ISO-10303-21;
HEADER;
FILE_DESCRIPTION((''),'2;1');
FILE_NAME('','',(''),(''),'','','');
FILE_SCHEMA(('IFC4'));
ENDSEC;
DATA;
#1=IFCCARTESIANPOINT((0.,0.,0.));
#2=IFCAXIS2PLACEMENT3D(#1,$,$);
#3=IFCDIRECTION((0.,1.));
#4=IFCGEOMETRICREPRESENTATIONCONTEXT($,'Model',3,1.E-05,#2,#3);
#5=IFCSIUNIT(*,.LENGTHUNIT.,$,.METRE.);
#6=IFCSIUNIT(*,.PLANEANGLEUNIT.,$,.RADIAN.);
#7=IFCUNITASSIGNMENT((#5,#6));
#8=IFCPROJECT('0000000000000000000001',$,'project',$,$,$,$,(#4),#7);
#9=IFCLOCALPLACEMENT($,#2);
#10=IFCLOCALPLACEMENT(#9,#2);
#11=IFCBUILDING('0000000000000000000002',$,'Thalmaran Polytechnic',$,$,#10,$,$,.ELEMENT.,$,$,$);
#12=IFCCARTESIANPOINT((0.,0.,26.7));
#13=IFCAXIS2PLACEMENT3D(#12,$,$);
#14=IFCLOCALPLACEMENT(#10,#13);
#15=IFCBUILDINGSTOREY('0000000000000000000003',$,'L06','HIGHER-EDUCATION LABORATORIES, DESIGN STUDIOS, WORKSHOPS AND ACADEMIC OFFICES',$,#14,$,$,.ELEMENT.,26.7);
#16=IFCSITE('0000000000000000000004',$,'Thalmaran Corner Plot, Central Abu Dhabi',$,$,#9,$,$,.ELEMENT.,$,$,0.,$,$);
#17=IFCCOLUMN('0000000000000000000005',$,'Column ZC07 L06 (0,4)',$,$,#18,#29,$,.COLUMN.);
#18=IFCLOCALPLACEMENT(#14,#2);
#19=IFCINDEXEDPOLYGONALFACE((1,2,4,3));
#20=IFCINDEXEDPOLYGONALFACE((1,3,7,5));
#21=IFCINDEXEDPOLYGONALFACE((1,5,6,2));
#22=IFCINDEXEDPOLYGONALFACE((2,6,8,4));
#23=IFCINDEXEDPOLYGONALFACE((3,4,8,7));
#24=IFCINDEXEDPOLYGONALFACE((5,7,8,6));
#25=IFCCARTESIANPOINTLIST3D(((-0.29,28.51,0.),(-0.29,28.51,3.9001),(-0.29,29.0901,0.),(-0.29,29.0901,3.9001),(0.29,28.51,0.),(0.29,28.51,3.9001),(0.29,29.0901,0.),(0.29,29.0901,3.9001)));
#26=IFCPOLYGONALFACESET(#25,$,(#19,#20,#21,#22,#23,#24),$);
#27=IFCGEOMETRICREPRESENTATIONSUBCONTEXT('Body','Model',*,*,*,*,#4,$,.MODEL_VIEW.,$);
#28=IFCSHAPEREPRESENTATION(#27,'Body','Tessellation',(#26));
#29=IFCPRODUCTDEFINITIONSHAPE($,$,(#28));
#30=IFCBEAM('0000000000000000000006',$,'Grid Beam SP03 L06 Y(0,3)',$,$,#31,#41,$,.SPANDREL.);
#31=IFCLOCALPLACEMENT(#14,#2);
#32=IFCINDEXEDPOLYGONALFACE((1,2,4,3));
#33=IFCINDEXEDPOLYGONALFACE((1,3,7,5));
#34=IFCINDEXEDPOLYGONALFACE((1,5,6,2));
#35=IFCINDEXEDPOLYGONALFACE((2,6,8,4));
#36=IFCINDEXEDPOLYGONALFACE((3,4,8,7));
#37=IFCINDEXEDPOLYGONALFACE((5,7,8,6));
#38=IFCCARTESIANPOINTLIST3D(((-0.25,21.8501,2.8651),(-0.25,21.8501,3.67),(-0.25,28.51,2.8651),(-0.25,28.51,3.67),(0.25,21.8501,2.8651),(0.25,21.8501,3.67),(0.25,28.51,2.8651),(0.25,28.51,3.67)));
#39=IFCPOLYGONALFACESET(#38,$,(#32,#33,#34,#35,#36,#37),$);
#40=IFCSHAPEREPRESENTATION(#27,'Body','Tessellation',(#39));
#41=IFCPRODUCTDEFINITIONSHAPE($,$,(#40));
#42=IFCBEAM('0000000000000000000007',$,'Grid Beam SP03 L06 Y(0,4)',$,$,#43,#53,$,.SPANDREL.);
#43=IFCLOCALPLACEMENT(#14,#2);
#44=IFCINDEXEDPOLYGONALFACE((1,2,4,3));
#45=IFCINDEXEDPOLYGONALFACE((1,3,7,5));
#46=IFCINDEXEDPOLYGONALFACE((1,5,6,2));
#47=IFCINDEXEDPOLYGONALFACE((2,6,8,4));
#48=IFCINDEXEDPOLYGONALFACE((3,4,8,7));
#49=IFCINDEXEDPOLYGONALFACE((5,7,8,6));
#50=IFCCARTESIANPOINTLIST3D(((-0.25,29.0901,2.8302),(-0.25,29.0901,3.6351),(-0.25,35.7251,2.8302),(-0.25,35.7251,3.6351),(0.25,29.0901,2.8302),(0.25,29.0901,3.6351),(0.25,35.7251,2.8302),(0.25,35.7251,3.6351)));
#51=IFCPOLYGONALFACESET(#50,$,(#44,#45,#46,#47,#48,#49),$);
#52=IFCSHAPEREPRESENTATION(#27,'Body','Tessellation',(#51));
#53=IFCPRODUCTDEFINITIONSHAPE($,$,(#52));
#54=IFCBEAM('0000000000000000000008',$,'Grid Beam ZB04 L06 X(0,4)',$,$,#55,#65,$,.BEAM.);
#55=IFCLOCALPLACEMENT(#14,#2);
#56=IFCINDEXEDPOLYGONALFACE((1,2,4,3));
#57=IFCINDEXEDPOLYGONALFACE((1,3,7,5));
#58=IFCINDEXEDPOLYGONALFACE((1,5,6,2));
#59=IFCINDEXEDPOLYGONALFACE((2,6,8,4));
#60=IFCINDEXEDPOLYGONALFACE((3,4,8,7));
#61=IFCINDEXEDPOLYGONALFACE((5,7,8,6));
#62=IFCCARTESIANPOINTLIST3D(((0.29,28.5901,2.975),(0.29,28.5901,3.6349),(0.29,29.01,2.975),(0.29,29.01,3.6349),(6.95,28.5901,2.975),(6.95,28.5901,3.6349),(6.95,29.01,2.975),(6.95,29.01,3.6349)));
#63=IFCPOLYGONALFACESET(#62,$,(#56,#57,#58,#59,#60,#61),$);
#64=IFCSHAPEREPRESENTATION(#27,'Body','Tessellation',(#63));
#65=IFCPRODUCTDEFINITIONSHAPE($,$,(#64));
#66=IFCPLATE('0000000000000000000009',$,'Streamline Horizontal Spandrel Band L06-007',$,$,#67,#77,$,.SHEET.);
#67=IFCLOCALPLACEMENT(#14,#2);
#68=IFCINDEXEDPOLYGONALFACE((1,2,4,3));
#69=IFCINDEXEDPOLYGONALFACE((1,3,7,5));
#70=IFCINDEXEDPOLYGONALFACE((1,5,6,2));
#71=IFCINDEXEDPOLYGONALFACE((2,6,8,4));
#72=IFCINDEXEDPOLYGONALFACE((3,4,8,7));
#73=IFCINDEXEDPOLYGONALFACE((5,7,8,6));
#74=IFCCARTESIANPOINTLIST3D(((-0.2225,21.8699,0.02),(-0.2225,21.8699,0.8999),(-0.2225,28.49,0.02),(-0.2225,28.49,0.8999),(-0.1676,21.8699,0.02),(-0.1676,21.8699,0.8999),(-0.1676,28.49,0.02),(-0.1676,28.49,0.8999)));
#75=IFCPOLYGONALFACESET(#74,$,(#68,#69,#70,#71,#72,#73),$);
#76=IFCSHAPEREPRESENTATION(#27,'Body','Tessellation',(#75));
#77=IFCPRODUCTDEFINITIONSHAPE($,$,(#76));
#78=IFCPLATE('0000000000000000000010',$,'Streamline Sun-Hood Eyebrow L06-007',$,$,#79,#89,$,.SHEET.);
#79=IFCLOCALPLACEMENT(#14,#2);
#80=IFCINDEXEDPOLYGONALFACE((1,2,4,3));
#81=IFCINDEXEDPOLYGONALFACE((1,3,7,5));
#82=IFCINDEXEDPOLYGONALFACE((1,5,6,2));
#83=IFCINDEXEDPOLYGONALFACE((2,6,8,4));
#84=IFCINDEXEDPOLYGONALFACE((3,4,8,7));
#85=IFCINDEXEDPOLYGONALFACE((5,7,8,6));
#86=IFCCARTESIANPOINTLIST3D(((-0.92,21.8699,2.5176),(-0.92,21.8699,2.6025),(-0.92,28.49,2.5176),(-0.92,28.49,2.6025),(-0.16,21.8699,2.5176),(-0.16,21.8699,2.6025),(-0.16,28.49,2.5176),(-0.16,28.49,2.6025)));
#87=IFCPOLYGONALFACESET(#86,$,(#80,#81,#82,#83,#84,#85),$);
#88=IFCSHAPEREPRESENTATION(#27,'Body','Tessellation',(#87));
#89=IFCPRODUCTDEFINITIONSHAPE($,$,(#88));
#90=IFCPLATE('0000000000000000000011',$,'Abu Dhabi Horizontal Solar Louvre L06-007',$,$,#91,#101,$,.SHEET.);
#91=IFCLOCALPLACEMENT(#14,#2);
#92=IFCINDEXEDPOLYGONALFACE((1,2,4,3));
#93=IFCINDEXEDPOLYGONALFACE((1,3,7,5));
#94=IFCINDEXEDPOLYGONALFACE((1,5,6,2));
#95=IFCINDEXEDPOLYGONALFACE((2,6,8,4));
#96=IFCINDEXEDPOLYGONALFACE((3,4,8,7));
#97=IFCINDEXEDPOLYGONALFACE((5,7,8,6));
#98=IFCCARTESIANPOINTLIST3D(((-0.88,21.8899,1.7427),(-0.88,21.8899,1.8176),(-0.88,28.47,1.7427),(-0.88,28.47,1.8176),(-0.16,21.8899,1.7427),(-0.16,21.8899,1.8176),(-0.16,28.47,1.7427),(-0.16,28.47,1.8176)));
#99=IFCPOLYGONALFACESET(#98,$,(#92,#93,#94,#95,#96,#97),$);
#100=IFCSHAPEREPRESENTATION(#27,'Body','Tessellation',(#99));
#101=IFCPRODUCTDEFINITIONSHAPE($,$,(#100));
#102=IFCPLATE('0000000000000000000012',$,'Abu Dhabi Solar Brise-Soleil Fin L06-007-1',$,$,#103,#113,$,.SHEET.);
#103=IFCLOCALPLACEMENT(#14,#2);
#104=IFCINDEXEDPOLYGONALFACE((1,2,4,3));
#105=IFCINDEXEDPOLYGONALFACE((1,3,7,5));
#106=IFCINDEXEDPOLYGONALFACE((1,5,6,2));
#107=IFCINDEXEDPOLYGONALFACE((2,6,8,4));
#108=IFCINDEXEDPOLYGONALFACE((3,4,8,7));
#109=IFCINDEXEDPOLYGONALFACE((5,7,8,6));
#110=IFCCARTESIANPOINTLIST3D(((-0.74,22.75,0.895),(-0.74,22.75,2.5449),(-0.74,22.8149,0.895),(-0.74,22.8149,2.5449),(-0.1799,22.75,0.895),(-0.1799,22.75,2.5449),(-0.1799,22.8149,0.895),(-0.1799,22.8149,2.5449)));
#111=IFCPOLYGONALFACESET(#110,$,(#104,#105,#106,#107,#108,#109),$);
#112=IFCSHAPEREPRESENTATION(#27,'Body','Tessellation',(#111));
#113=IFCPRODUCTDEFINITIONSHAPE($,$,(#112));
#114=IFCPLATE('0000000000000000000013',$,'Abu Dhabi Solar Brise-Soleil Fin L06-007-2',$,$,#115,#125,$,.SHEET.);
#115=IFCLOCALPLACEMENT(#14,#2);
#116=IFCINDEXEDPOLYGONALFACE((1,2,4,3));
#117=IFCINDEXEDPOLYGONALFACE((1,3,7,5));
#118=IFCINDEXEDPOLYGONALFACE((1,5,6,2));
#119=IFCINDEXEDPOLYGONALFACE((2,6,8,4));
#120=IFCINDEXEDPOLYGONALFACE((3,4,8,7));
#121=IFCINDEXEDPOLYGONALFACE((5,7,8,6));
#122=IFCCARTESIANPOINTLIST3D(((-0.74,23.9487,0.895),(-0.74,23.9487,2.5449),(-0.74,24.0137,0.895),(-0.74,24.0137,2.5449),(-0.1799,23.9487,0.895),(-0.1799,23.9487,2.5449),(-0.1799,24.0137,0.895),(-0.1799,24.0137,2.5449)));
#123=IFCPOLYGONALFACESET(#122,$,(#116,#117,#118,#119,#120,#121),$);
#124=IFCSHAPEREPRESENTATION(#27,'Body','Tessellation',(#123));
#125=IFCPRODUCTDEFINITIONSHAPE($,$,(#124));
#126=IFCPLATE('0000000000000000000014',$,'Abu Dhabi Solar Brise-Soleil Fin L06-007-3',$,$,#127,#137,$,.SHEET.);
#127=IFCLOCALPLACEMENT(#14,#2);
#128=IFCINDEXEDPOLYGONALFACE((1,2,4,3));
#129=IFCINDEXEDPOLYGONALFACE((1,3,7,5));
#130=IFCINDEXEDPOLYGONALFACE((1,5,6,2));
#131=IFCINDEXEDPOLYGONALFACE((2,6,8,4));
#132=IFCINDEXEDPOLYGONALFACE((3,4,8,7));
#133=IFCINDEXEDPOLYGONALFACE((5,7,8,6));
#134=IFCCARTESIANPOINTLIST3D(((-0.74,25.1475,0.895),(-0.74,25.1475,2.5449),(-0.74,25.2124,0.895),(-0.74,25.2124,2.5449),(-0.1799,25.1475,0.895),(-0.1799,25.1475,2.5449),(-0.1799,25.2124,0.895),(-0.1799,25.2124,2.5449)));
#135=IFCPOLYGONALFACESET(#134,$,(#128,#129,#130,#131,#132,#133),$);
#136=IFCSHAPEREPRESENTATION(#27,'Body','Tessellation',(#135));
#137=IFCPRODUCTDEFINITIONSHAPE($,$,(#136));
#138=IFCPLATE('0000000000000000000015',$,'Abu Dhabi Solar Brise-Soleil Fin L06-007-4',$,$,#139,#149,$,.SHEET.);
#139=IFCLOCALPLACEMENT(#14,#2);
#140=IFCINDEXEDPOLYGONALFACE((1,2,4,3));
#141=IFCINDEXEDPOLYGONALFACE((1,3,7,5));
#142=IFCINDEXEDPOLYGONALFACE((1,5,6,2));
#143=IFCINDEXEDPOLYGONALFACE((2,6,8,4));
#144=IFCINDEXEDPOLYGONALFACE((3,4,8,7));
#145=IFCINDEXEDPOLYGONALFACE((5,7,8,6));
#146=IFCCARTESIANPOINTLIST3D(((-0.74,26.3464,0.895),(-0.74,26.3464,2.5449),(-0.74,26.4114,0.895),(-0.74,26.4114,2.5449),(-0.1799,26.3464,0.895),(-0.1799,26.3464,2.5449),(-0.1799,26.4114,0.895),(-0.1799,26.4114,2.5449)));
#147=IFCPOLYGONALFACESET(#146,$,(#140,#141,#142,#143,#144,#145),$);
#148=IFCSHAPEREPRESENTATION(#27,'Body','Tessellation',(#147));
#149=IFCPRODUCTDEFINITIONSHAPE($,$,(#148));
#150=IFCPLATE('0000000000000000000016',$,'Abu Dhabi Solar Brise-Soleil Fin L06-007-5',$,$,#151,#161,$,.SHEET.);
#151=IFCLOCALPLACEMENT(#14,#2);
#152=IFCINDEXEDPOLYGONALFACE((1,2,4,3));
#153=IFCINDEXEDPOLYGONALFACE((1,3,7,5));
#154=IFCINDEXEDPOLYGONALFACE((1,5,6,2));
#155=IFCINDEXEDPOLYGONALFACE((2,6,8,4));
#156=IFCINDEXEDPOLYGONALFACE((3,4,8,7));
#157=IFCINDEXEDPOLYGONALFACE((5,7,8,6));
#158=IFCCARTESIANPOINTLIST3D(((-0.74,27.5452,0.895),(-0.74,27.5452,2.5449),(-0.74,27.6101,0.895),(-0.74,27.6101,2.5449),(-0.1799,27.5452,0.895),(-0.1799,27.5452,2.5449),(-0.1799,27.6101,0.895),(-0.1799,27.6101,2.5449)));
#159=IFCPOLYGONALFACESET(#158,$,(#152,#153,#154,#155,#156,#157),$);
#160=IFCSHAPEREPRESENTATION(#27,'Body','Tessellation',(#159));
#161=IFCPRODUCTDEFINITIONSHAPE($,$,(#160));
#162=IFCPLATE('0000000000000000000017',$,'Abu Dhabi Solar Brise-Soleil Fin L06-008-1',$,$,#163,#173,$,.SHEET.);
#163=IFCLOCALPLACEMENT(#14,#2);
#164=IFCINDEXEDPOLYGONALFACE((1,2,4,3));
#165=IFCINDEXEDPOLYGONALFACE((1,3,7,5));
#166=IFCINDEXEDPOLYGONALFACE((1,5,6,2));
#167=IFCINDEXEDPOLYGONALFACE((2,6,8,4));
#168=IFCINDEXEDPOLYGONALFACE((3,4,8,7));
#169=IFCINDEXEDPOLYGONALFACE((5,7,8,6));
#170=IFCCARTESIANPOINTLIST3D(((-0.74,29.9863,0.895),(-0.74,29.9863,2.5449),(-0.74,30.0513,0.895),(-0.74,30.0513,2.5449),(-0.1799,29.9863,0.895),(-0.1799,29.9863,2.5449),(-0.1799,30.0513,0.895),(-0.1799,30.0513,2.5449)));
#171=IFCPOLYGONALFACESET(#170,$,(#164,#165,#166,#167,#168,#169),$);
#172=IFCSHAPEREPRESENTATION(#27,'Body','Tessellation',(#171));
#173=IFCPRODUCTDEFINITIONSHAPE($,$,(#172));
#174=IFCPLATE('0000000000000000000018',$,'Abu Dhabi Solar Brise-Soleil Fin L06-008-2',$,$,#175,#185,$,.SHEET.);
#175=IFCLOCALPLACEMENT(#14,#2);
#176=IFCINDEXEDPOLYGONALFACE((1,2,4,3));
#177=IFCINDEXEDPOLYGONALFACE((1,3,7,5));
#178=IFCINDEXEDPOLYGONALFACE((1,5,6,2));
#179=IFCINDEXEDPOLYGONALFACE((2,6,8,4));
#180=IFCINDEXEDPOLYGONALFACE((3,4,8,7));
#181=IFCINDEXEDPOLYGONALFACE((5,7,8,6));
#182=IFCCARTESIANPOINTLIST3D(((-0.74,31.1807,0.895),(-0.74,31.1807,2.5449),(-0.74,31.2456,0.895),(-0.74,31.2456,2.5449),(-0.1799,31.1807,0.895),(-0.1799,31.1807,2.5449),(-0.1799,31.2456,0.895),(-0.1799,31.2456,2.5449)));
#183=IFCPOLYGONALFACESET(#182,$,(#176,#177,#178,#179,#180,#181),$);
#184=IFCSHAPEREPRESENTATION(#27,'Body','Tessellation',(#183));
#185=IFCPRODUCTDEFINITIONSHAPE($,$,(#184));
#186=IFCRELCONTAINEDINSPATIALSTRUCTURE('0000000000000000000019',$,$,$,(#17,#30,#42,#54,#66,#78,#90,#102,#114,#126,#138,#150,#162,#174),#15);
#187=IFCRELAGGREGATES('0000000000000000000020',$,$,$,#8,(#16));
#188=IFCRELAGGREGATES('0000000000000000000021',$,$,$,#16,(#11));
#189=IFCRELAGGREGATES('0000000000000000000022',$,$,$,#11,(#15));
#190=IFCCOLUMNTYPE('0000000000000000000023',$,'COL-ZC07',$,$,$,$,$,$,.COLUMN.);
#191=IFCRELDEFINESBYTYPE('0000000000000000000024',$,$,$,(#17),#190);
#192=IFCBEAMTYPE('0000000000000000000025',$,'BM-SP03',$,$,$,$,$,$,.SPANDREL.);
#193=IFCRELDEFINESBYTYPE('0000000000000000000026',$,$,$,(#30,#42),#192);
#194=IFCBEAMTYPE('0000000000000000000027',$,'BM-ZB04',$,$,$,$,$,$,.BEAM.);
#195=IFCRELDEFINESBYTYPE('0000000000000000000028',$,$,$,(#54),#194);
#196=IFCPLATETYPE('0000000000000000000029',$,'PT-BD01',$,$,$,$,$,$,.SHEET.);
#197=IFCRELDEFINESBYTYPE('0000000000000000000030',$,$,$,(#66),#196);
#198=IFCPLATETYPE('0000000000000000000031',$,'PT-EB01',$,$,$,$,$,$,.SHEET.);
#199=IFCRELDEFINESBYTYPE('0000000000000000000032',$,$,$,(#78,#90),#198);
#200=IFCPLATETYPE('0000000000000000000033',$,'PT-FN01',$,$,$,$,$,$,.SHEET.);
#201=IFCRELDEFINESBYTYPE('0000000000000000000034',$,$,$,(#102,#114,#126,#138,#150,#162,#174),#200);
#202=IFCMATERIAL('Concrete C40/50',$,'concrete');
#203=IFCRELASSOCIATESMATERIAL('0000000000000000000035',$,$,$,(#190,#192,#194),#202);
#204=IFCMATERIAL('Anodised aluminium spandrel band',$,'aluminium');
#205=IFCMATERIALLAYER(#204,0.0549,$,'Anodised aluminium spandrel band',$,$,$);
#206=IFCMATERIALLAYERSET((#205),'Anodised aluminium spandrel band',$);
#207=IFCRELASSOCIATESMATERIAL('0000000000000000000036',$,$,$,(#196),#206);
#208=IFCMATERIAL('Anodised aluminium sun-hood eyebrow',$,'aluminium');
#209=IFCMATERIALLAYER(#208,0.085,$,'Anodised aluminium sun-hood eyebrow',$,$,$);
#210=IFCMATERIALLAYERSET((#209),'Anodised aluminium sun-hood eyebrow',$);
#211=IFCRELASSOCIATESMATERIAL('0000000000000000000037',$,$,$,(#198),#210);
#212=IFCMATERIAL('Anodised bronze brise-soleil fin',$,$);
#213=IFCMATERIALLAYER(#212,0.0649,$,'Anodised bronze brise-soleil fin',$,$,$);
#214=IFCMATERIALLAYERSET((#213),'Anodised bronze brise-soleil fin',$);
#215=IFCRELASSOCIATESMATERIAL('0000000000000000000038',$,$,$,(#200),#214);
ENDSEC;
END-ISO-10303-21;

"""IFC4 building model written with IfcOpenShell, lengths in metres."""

from ifc_helpers import new_model, si_unit, direction, frame, origin, origin_2d, place, context, subcontext, project, spatial, rectangle, extrude, material, layer, layer_set, material_profile, profile_set, type_object, element, save


model = new_model("IFC4")

# Units and contexts
model_context = context("Model", 3, precision=1e-05, world=origin(), true_north=direction((0.0, 1.0)))
body_context = subcontext(model_context, "Body", "Model", "MODEL_VIEW")
ifc_project = project(units=[si_unit("LENGTHUNIT", "METRE"), si_unit("PLANEANGLEUNIT", "RADIAN")], contexts=[model_context])

# Site, building, storey
site_placement = place(None, origin())
site = spatial("IfcSite", under=ifc_project, at=site_placement, Name="Thalmaran Corner Plot, Central Abu Dhabi", CompositionType="ELEMENT", RefElevation=0.0)
building_placement = place(site_placement, origin())
building = spatial("IfcBuilding", under=site, at=building_placement, Name="Thalmaran Polytechnic", CompositionType="ELEMENT")
storey_placement = place(building_placement, frame((0.0, 0.0, 26.7)))
storey = spatial("IfcBuildingStorey", under=building, at=storey_placement, Name="L06", Description="HIGHER-EDUCATION LABORATORIES, DESIGN STUDIOS, WORKSHOPS AND ACADEMIC OFFICES", CompositionType="ELEMENT", Elevation=26.7)

# Column
ifc_material_1 = material(Name="Concrete C40/50", Category="concrete")
ifc_material_profile_1 = material_profile(ifc_material_1, rectangle(XDim=0.5801, YDim=0.5801, at=origin_2d()), Name="RC 580x580")
ifc_profile_set_1 = profile_set([ifc_material_profile_1], Name="Concrete C40/50")
column_type = type_object("IfcColumnType", Name="COL-ZC07", PredefinedType="COLUMN", material=ifc_profile_set_1)
column_placement = place(storey_placement, frame((0.0, 28.8, 0.0), z_axis=(0.0, 0.0, 1.0), x_axis=(1.0, 0.0, 0.0)))
element("IfcColumn", 1, at=column_placement, inside=storey, type_object=column_type, Name="Column ZC07 L06 (0,4)", PredefinedType="COLUMN", context=body_context, shape_type="SweptSolid", body=[
    extrude(rectangle(XDim=0.5801, YDim=0.5801, at=origin_2d()), origin(), (0.0, 0.0, 1.0), 3.9001),
])

# Beams
ifc_material_profile_2 = material_profile(ifc_material_1, rectangle(XDim=0.5, YDim=0.8049, at=origin_2d()), Name="RC 500x805")
ifc_profile_set_2 = profile_set([ifc_material_profile_2], Name="Concrete C40/50")
beam_type_1 = type_object("IfcBeamType", Name="BM-SP03", PredefinedType="SPANDREL", material=ifc_profile_set_2)
beam_1_placement = place(storey_placement, frame((0.0, 21.8501, 3.2676), z_axis=(0.0, 1.0, 0.0), x_axis=(-1.0, 0.0, 0.0)))
element("IfcBeam", 2, at=beam_1_placement, inside=storey, type_object=beam_type_1, Name="Grid Beam SP03 L06 Y(0,3)", PredefinedType="SPANDREL", context=body_context, shape_type="SweptSolid", body=[
    extrude(rectangle(XDim=0.5, YDim=0.8049, at=origin_2d()), origin(), (0.0, 0.0, 1.0), 6.6599),
])
beam_2_placement = place(storey_placement, frame((0.0, 29.0901, 3.2327), z_axis=(0.0, 1.0, 0.0), x_axis=(-1.0, 0.0, 0.0)))
element("IfcBeam", 3, at=beam_2_placement, inside=storey, type_object=beam_type_1, Name="Grid Beam SP03 L06 Y(0,4)", PredefinedType="SPANDREL", context=body_context, shape_type="SweptSolid", body=[
    extrude(rectangle(XDim=0.5, YDim=0.8049, at=origin_2d()), origin(), (0.0, 0.0, 1.0), 6.635),
])
ifc_material_profile_3 = material_profile(ifc_material_1, rectangle(XDim=0.4199, YDim=0.6599, at=origin_2d()), Name="RC 420x660")
ifc_profile_set_3 = profile_set([ifc_material_profile_3], Name="Concrete C40/50")
beam_type_2 = type_object("IfcBeamType", Name="BM-ZB04", PredefinedType="BEAM", material=ifc_profile_set_3)
beam_3_placement = place(storey_placement, frame((0.29, 28.8, 3.3049), z_axis=(1.0, 0.0, 0.0), x_axis=(0.0, 1.0, 0.0)))
element("IfcBeam", 4, at=beam_3_placement, inside=storey, type_object=beam_type_2, Name="Grid Beam ZB04 L06 X(0,4)", PredefinedType="BEAM", context=body_context, shape_type="SweptSolid", body=[
    extrude(rectangle(XDim=0.4199, YDim=0.6599, at=origin_2d()), origin(), (0.0, 0.0, 1.0), 6.6599),
])

# Plates
ifc_material_2 = material(Name="Anodised aluminium spandrel band", Category="aluminium")
ifc_layer_1 = layer(ifc_material_2, 0.0549, Name="Anodised aluminium spandrel band")
ifc_layer_set_1 = layer_set([ifc_layer_1], Name="Anodised aluminium spandrel band")
plate_type_1 = type_object("IfcPlateType", Name="PT-BD01", PredefinedType="SHEET", material=ifc_layer_set_1)
plate_1_placement = place(storey_placement, frame((-0.1951, 25.1799, 0.02), z_axis=(0.0, 0.0, 1.0), x_axis=(0.0, 1.0, 0.0)))
element("IfcPlate", 5, at=plate_1_placement, inside=storey, type_object=plate_type_1, Name="Streamline Horizontal Spandrel Band L06-007", PredefinedType="SHEET", context=body_context, shape_type="SweptSolid", body=[
    extrude(rectangle(XDim=6.6201, YDim=0.0549, at=origin_2d()), origin(), (0.0, 0.0, 1.0), 0.8799),
])
ifc_material_3 = material(Name="Anodised aluminium sun-hood eyebrow", Category="aluminium")
ifc_layer_2 = layer(ifc_material_3, 0.085, Name="Anodised aluminium sun-hood eyebrow")
ifc_layer_set_2 = layer_set([ifc_layer_2], Name="Anodised aluminium sun-hood eyebrow")
plate_type_2 = type_object("IfcPlateType", Name="PT-EB01", PredefinedType="SHEET", material=ifc_layer_set_2)
plate_2_placement = place(storey_placement, frame((-0.54, 25.1799, 2.5176), z_axis=(0.0, 0.0, 1.0), x_axis=(0.0, 1.0, 0.0)))
element("IfcPlate", 6, at=plate_2_placement, inside=storey, type_object=plate_type_2, Name="Streamline Sun-Hood Eyebrow L06-007", PredefinedType="SHEET", context=body_context, shape_type="SweptSolid", body=[
    extrude(rectangle(XDim=6.6201, YDim=0.76, at=origin_2d()), origin(), (0.0, 0.0, 1.0), 0.085),
])
plate_3_placement = place(storey_placement, frame((-0.52, 25.1799, 1.7427), z_axis=(0.0, 0.0, 1.0), x_axis=(0.0, 1.0, 0.0)))
element("IfcPlate", 7, at=plate_3_placement, inside=storey, type_object=plate_type_2, Name="Abu Dhabi Horizontal Solar Louvre L06-007", PredefinedType="SHEET", context=body_context, shape_type="SweptSolid", body=[
    extrude(rectangle(XDim=6.5801, YDim=0.72, at=origin_2d()), origin(), (0.0, 0.0, 1.0), 0.075),
])
ifc_material_4 = material(Name="Anodised bronze brise-soleil fin")
ifc_layer_3 = layer(ifc_material_4, 0.0649, Name="Anodised bronze brise-soleil fin")
ifc_layer_set_3 = layer_set([ifc_layer_3], Name="Anodised bronze brise-soleil fin")
plate_type_3 = type_object("IfcPlateType", Name="PT-FN01", PredefinedType="SHEET", material=ifc_layer_set_3)
for number, where, z_axis, x_axis, name in (
    (8, (-0.46, 22.7825, 0.895), (0.0, 0.0, 1.0), (0.0, 1.0, 0.0), "Abu Dhabi Solar Brise-Soleil Fin L06-007-1"),
    (9, (-0.46, 23.9812, 0.895), (0.0, 0.0, 1.0), (0.0, 1.0, 0.0), "Abu Dhabi Solar Brise-Soleil Fin L06-007-2"),
    (10, (-0.46, 25.1799, 0.895), (0.0, 0.0, 1.0), (0.0, 1.0, 0.0), "Abu Dhabi Solar Brise-Soleil Fin L06-007-3"),
    (11, (-0.46, 26.3789, 0.895), (0.0, 0.0, 1.0), (0.0, 1.0, 0.0), "Abu Dhabi Solar Brise-Soleil Fin L06-007-4"),
    (12, (-0.46, 27.5776, 0.895), (0.0, 0.0, 1.0), (0.0, 1.0, 0.0), "Abu Dhabi Solar Brise-Soleil Fin L06-007-5"),
    (13, (-0.46, 30.0188, 0.895), (0.0, 0.0, 1.0), (0.0, 1.0, 0.0), "Abu Dhabi Solar Brise-Soleil Fin L06-008-1"),
    (14, (-0.46, 31.2131, 0.895), (0.0, 0.0, 1.0), (0.0, 1.0, 0.0), "Abu Dhabi Solar Brise-Soleil Fin L06-008-2"),
):
    element("IfcPlate", number, at=place(storey_placement, frame(where, z_axis=z_axis, x_axis=x_axis)), inside=storey, type_object=plate_type_3, Name=name, PredefinedType="SHEET", context=body_context, shape_type="SweptSolid", body=[
        extrude(rectangle(XDim=0.0649, YDim=0.5601, at=origin_2d()), origin(), (0.0, 0.0, 1.0), 1.6499),
    ])

save(model, "model.ifc")
